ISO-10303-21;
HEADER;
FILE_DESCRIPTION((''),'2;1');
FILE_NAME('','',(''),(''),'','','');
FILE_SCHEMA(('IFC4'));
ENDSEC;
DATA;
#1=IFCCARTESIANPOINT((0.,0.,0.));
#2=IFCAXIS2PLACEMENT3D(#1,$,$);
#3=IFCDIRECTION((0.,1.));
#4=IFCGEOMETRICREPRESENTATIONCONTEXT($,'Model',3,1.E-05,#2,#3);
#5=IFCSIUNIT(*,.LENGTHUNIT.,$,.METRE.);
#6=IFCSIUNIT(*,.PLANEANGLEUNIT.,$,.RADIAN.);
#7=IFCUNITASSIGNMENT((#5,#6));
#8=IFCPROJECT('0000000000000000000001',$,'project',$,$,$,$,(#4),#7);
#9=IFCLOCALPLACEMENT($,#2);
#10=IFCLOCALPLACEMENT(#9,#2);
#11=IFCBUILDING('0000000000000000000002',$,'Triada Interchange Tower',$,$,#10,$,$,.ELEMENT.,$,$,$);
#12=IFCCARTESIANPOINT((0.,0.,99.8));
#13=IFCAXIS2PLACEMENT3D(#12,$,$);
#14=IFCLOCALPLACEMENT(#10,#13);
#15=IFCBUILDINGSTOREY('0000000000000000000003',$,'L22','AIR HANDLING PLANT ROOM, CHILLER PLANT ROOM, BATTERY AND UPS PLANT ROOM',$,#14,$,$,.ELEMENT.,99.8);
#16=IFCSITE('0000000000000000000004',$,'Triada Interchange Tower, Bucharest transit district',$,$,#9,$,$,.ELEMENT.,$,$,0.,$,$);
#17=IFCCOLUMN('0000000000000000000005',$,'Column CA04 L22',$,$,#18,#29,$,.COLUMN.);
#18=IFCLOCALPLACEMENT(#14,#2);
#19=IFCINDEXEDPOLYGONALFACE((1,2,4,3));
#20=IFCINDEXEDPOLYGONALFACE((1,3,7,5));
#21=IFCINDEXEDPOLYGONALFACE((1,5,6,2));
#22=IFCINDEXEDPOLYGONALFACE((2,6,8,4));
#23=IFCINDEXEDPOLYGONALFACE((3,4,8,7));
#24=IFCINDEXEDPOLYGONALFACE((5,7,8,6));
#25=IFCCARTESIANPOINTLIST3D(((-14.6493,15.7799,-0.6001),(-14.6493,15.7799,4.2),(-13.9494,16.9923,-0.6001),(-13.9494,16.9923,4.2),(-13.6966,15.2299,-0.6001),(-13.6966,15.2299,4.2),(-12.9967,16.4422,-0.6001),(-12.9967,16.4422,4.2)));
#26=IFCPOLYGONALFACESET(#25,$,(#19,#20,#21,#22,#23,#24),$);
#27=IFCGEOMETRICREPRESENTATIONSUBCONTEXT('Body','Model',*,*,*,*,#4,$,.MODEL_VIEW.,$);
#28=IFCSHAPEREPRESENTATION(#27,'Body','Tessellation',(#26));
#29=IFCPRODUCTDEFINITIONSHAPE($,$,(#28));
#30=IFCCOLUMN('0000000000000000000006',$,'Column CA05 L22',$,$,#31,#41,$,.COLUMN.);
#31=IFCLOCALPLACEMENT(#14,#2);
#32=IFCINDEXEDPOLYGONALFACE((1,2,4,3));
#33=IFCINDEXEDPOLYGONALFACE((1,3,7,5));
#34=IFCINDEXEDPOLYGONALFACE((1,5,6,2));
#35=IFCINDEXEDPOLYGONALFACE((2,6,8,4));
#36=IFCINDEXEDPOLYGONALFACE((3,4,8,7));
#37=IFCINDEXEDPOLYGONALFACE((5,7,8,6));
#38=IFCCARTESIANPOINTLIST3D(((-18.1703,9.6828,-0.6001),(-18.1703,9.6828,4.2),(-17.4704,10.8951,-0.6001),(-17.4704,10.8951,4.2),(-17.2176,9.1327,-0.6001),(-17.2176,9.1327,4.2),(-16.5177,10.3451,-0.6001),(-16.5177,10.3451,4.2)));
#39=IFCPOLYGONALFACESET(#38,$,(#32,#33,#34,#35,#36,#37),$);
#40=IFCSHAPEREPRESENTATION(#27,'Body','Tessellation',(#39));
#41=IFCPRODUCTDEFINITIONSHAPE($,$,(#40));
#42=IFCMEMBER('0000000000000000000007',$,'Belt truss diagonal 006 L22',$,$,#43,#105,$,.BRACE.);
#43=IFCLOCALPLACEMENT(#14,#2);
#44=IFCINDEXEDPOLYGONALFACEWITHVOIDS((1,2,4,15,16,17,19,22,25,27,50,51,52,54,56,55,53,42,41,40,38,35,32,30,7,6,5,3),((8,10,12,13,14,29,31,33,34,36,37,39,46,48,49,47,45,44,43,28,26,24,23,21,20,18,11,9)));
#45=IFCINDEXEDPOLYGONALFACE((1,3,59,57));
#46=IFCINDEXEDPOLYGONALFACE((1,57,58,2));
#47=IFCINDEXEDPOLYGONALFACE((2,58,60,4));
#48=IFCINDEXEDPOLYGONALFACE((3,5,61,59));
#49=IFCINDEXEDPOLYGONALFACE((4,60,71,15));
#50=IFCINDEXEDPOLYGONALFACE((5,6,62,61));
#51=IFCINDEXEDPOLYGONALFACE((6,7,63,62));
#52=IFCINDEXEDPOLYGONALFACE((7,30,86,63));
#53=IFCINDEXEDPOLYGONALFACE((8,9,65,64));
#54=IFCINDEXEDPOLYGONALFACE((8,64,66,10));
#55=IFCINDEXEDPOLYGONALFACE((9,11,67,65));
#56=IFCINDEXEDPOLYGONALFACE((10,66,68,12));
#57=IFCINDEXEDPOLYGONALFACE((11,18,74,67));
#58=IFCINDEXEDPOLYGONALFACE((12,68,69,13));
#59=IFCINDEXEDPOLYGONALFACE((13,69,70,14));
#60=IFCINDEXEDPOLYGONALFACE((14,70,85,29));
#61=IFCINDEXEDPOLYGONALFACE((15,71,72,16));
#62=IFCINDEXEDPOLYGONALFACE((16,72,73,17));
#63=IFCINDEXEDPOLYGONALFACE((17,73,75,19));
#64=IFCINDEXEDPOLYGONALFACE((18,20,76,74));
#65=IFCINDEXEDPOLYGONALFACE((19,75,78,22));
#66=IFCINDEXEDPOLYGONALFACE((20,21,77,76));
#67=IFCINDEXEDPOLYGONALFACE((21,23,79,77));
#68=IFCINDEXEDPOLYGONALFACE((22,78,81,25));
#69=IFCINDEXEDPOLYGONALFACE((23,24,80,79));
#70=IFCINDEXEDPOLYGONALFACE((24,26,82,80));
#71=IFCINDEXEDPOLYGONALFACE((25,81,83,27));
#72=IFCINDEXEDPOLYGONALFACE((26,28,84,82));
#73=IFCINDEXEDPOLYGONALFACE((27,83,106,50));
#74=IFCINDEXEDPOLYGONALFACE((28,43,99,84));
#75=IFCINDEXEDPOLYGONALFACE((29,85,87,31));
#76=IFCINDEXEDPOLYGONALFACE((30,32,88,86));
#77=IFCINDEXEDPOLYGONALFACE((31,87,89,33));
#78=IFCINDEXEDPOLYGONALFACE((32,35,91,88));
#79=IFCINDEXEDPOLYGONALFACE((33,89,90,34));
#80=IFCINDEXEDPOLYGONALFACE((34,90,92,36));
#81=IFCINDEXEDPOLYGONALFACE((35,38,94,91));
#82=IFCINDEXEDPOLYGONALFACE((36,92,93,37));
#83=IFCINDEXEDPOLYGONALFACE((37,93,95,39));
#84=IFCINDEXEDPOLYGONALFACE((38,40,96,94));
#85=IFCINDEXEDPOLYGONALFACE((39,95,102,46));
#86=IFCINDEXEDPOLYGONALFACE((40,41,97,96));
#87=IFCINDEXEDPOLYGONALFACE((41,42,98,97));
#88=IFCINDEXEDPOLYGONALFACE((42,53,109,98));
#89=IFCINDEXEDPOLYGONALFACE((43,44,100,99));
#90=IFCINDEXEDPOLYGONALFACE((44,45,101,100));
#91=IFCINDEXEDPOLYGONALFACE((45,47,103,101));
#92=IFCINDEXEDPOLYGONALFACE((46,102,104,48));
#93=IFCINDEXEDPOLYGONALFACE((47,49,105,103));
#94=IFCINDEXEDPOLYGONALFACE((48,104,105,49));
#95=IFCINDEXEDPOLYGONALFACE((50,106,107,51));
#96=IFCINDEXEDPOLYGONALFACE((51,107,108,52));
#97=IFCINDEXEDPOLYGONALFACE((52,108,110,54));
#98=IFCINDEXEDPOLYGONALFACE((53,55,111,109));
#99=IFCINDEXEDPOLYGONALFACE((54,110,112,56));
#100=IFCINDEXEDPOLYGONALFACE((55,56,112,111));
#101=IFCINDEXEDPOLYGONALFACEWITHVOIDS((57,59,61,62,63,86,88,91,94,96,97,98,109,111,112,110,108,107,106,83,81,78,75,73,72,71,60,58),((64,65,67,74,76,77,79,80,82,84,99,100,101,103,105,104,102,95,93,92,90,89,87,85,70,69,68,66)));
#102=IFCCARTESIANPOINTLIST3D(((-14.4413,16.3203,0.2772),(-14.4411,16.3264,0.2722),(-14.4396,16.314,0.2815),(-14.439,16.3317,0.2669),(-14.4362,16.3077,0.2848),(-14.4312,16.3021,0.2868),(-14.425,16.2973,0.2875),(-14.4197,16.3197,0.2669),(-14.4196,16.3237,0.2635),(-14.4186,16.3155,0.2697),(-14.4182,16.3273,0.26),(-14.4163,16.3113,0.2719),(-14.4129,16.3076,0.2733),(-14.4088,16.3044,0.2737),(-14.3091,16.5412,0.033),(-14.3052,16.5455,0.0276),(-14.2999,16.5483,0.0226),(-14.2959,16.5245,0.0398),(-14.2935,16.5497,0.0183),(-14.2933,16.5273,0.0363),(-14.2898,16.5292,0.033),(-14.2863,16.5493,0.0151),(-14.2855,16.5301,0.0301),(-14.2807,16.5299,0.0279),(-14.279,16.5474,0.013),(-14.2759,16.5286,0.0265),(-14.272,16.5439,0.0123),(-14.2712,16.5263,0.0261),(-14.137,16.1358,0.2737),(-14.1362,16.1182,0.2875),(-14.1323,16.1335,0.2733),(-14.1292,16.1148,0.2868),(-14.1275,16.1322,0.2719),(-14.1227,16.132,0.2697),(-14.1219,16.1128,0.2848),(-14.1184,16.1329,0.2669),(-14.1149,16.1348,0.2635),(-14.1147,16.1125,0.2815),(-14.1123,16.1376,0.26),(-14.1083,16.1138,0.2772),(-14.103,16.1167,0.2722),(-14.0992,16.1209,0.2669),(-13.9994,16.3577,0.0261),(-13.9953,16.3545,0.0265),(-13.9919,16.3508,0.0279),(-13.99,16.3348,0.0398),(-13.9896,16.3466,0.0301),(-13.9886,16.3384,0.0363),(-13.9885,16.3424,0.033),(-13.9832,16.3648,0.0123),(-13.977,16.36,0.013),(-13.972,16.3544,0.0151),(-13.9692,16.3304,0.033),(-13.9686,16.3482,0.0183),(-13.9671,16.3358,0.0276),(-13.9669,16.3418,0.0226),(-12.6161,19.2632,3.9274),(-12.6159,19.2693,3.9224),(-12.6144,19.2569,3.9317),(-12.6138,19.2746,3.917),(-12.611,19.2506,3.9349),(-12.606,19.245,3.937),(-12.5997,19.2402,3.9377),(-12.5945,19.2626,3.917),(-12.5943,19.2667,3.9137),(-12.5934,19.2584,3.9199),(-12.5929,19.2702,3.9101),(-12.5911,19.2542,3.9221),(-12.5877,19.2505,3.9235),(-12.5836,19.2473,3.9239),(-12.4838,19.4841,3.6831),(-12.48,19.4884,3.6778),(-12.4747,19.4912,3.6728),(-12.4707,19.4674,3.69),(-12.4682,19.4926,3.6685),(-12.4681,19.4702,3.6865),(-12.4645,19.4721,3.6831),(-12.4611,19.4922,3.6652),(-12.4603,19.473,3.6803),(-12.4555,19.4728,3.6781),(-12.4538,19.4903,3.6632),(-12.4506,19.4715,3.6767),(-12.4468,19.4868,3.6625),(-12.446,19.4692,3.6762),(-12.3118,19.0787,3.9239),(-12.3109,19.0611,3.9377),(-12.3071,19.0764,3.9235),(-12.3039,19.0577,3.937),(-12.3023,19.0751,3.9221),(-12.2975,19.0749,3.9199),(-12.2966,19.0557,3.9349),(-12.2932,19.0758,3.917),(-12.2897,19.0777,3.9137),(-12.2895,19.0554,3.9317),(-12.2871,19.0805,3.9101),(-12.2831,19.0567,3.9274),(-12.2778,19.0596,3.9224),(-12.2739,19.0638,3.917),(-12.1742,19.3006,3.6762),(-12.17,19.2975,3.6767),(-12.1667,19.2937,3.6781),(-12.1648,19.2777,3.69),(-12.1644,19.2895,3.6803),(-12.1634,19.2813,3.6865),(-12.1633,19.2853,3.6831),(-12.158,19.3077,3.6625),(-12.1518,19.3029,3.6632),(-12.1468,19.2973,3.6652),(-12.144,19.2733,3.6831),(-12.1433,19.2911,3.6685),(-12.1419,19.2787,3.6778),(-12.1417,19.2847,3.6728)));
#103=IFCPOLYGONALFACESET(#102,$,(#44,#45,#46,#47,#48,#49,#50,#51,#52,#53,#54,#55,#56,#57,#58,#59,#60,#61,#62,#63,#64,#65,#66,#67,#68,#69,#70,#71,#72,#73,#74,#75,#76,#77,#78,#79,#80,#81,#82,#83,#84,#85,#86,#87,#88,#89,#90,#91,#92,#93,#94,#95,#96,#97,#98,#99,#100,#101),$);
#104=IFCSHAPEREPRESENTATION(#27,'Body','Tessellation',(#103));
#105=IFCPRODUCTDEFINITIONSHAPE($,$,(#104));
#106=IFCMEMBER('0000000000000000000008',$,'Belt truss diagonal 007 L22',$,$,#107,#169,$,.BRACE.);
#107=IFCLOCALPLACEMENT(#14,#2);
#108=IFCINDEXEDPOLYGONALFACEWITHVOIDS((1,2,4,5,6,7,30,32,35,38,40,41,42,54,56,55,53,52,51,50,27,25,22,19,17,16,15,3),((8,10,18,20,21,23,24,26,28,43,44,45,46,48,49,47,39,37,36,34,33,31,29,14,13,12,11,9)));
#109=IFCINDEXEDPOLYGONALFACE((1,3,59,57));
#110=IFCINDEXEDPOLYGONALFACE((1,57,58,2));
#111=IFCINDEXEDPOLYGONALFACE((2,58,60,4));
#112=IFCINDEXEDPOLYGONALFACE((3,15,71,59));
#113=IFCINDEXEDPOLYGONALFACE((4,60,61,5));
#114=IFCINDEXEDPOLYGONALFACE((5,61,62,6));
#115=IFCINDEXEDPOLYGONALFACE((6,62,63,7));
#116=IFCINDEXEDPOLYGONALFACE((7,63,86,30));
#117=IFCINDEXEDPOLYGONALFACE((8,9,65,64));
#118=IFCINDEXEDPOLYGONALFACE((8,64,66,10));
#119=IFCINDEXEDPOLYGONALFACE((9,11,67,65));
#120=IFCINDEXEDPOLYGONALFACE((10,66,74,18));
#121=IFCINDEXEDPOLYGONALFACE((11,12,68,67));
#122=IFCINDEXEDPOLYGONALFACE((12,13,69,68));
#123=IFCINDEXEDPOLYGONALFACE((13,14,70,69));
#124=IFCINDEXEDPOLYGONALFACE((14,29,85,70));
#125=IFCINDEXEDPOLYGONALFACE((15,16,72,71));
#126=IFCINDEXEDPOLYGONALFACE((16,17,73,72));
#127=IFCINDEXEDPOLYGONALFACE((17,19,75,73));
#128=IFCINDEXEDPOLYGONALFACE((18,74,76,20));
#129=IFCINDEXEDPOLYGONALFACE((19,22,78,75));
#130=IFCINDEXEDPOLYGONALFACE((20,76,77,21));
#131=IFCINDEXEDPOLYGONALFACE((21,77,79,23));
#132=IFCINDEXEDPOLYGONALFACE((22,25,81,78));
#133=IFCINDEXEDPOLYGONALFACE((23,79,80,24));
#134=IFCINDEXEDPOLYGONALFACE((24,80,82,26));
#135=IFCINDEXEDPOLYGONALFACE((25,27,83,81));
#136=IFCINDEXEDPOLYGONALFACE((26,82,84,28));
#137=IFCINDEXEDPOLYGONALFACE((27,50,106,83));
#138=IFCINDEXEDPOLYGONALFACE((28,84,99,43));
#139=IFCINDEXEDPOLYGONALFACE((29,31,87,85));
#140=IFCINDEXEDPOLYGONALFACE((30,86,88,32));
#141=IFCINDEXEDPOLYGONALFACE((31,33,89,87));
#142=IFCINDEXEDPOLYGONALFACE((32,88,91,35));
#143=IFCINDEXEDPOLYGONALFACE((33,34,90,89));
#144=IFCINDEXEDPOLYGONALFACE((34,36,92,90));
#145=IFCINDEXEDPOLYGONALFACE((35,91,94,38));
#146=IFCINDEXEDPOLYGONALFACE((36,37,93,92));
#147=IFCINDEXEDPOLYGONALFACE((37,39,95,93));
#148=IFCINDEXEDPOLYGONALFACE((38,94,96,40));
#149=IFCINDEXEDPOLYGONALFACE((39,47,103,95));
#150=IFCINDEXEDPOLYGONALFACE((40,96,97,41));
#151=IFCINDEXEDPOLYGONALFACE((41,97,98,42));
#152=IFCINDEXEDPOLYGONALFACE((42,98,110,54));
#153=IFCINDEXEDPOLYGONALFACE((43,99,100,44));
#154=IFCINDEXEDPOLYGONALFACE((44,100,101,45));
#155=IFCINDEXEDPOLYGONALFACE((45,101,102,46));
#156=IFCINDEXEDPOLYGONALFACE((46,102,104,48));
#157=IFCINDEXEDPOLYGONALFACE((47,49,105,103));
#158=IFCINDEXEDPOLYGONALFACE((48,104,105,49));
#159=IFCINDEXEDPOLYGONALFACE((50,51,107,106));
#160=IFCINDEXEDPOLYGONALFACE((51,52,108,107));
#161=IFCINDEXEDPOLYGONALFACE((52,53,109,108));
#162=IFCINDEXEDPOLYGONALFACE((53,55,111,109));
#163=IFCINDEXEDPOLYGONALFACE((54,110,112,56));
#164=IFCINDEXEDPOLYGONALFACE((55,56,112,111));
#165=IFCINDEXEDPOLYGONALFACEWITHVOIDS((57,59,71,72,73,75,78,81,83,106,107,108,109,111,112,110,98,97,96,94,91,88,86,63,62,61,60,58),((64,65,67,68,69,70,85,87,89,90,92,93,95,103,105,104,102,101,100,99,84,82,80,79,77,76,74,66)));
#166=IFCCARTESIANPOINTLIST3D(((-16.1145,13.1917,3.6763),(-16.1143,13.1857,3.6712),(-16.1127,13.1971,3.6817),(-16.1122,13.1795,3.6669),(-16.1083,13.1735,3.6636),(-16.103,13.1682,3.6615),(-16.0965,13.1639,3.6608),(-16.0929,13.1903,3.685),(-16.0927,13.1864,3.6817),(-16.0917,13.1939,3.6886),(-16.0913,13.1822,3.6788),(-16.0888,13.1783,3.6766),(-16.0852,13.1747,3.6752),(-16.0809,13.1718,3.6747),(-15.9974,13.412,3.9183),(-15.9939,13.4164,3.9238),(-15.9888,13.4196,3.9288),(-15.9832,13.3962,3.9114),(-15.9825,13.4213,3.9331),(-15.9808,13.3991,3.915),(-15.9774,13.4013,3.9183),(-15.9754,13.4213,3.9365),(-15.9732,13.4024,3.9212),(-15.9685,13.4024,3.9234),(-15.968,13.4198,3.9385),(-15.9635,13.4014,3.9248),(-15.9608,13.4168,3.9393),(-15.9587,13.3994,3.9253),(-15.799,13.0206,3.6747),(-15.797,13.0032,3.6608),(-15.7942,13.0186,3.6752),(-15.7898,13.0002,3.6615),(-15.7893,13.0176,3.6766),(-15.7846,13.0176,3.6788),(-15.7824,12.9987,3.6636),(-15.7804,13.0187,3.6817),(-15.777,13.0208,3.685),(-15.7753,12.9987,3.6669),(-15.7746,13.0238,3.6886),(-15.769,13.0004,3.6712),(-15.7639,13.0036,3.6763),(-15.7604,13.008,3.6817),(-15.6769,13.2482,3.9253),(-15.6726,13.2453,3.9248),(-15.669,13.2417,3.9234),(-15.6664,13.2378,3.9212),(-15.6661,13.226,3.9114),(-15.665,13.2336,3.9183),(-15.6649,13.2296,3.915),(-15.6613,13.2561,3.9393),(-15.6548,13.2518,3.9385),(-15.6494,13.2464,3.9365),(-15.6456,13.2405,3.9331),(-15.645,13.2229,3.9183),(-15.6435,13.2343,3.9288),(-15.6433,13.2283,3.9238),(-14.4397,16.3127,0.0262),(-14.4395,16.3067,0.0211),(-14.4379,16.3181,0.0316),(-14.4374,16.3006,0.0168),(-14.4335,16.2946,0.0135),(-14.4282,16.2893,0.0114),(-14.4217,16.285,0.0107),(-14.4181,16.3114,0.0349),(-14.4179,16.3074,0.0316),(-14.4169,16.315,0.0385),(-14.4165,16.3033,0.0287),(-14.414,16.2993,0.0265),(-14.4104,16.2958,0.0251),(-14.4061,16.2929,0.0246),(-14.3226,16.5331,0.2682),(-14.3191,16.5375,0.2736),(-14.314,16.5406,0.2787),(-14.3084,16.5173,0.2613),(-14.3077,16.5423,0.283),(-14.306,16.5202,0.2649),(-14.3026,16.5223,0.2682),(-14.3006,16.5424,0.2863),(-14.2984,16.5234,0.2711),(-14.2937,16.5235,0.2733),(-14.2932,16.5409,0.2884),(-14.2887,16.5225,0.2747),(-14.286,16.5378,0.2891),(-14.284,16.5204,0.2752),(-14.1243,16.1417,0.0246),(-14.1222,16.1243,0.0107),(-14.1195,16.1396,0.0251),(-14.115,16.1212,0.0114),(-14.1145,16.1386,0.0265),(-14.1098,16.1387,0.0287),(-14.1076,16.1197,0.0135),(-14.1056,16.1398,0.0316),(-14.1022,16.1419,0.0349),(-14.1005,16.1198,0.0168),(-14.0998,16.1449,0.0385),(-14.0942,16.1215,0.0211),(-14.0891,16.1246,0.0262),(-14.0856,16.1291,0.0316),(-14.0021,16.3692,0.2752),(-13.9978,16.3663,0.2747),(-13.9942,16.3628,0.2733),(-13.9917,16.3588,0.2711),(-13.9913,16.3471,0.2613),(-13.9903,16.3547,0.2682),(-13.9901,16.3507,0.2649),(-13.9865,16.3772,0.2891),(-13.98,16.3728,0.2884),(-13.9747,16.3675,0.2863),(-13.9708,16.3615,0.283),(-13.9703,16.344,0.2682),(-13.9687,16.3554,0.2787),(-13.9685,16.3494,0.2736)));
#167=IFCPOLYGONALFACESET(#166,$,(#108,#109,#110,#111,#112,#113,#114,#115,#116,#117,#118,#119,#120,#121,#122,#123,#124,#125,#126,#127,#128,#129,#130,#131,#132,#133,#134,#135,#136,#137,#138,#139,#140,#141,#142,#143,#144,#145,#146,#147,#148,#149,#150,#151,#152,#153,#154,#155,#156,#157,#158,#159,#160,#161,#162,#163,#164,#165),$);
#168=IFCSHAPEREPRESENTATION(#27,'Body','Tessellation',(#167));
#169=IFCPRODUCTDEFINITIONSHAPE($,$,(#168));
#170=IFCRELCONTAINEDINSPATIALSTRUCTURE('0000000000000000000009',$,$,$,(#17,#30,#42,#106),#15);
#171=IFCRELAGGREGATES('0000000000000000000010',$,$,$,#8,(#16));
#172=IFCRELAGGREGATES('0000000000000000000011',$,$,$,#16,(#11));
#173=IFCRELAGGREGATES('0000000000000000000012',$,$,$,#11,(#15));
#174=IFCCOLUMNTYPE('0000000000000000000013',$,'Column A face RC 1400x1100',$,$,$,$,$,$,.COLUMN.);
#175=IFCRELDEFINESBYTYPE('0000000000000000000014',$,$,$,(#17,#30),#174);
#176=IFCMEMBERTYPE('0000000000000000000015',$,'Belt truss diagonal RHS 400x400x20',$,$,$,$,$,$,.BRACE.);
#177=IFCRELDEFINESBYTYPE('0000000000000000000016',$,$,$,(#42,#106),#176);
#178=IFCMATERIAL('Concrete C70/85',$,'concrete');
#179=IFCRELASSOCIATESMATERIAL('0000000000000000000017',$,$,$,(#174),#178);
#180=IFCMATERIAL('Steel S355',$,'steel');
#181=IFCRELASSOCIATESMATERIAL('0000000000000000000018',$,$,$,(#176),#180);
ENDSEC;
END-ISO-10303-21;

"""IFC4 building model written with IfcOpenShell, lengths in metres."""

from ifc_helpers import new_model, si_unit, direction, frame, origin, origin_2d, place, context, subcontext, project, spatial, rectangle, hollow_rectangle, extrude, material, material_profile, profile_set, type_object, element, save


model = new_model("IFC4")

# Units and contexts
model_context = context("Model", 3, precision=1e-05, world=origin(), true_north=direction((0.0, 1.0)))
body_context = subcontext(model_context, "Body", "Model", "MODEL_VIEW")
ifc_project = project(units=[si_unit("LENGTHUNIT", "METRE"), si_unit("PLANEANGLEUNIT", "RADIAN")], contexts=[model_context])

# Site, building, storey
site_placement = place(None, origin())
site = spatial("IfcSite", under=ifc_project, at=site_placement, Name="Triada Interchange Tower, Bucharest transit district", CompositionType="ELEMENT", RefElevation=0.0)
building_placement = place(site_placement, origin())
building = spatial("IfcBuilding", under=site, at=building_placement, Name="Triada Interchange Tower", CompositionType="ELEMENT")
storey_placement = place(building_placement, frame((0.0, 0.0, 99.8)))
storey = spatial("IfcBuildingStorey", under=building, at=storey_placement, Name="L22", Description="AIR HANDLING PLANT ROOM, CHILLER PLANT ROOM, BATTERY AND UPS PLANT ROOM", CompositionType="ELEMENT", Elevation=99.8)

# Columns
ifc_material_1 = material(Name="Concrete C70/85", Category="concrete")
ifc_material_profile_1 = material_profile(ifc_material_1, rectangle(XDim=1.3999, YDim=1.1001, at=origin_2d()), Name="RC 1400x1100")
ifc_profile_set_1 = profile_set([ifc_material_profile_1], Name="Concrete C70/85")
column_type = type_object("IfcColumnType", Name="Column A face RC 1400x1100", PredefinedType="COLUMN", material=ifc_profile_set_1)
for number, where, z_axis, x_axis, name in (
    (1, (-13.823, 16.1111, -0.6001), (0.0, 0.0, 1.0), (0.5, 0.866025, 0.0), "Column CA04 L22"),
    (2, (-17.344, 10.0139, -0.6001), (0.0, 0.0, 1.0), (0.5, 0.866025, 0.0), "Column CA05 L22"),
):
    element("IfcColumn", number, at=place(storey_placement, frame(where, z_axis=z_axis, x_axis=x_axis)), inside=storey, type_object=column_type, Name=name, PredefinedType="COLUMN", context=body_context, shape_type="SweptSolid", body=[
        extrude(rectangle(XDim=1.3999, YDim=1.1001, at=origin_2d()), origin(), (0.0, 0.0, 1.0), 4.8),
    ])

# Members
ifc_material_2 = material(Name="Steel S355", Category="steel")
ifc_material_profile_2 = material_profile(ifc_material_2, hollow_rectangle(XDim=0.3999, YDim=0.3999, WallThickness=0.02, InnerFilletRadius=0.02, OuterFilletRadius=0.03, at=origin_2d()), Name="RHS 400x400x20")
ifc_profile_set_2 = profile_set([ifc_material_profile_2], Name="Steel S355")
member_type = type_object("IfcMemberType", Name="Belt truss diagonal RHS 400x400x20", PredefinedType="BRACE", material=ifc_profile_set_2)
member_1_placement = place(storey_placement, frame((-14.2041, 16.3311, 0.1499), z_axis=(0.362758, 0.584896, 0.725467), x_axis=(-0.849823, 0.527068, 0.0)))
element("IfcMember", 3, at=member_1_placement, inside=storey, type_object=member_type, Name="Belt truss diagonal 006 L22", PredefinedType="BRACE", context=body_context, shape_type="SweptSolid", body=[
    extrude(hollow_rectangle(XDim=0.3999, YDim=0.3999, WallThickness=0.02, InnerFilletRadius=0.02, OuterFilletRadius=0.03, at=origin_2d()), origin(), (0.0, 0.0, 1.0), 5.0315),
])
member_2_placement = place(storey_placement, frame((-14.2041, 16.3311, 0.1499), z_axis=(-0.329282, -0.613636, 0.717652), x_axis=(0.881152, -0.472833, 0.0)))
element("IfcMember", 4, at=member_2_placement, inside=storey, type_object=member_type, Name="Belt truss diagonal 007 L22", PredefinedType="BRACE", context=body_context, shape_type="SweptSolid", body=[
    extrude(hollow_rectangle(XDim=0.3999, YDim=0.3999, WallThickness=0.02, InnerFilletRadius=0.02, OuterFilletRadius=0.03, at=origin_2d()), origin(), (0.0, 0.0, 1.0), 5.0862),
])

save(model, "model.ifc")
